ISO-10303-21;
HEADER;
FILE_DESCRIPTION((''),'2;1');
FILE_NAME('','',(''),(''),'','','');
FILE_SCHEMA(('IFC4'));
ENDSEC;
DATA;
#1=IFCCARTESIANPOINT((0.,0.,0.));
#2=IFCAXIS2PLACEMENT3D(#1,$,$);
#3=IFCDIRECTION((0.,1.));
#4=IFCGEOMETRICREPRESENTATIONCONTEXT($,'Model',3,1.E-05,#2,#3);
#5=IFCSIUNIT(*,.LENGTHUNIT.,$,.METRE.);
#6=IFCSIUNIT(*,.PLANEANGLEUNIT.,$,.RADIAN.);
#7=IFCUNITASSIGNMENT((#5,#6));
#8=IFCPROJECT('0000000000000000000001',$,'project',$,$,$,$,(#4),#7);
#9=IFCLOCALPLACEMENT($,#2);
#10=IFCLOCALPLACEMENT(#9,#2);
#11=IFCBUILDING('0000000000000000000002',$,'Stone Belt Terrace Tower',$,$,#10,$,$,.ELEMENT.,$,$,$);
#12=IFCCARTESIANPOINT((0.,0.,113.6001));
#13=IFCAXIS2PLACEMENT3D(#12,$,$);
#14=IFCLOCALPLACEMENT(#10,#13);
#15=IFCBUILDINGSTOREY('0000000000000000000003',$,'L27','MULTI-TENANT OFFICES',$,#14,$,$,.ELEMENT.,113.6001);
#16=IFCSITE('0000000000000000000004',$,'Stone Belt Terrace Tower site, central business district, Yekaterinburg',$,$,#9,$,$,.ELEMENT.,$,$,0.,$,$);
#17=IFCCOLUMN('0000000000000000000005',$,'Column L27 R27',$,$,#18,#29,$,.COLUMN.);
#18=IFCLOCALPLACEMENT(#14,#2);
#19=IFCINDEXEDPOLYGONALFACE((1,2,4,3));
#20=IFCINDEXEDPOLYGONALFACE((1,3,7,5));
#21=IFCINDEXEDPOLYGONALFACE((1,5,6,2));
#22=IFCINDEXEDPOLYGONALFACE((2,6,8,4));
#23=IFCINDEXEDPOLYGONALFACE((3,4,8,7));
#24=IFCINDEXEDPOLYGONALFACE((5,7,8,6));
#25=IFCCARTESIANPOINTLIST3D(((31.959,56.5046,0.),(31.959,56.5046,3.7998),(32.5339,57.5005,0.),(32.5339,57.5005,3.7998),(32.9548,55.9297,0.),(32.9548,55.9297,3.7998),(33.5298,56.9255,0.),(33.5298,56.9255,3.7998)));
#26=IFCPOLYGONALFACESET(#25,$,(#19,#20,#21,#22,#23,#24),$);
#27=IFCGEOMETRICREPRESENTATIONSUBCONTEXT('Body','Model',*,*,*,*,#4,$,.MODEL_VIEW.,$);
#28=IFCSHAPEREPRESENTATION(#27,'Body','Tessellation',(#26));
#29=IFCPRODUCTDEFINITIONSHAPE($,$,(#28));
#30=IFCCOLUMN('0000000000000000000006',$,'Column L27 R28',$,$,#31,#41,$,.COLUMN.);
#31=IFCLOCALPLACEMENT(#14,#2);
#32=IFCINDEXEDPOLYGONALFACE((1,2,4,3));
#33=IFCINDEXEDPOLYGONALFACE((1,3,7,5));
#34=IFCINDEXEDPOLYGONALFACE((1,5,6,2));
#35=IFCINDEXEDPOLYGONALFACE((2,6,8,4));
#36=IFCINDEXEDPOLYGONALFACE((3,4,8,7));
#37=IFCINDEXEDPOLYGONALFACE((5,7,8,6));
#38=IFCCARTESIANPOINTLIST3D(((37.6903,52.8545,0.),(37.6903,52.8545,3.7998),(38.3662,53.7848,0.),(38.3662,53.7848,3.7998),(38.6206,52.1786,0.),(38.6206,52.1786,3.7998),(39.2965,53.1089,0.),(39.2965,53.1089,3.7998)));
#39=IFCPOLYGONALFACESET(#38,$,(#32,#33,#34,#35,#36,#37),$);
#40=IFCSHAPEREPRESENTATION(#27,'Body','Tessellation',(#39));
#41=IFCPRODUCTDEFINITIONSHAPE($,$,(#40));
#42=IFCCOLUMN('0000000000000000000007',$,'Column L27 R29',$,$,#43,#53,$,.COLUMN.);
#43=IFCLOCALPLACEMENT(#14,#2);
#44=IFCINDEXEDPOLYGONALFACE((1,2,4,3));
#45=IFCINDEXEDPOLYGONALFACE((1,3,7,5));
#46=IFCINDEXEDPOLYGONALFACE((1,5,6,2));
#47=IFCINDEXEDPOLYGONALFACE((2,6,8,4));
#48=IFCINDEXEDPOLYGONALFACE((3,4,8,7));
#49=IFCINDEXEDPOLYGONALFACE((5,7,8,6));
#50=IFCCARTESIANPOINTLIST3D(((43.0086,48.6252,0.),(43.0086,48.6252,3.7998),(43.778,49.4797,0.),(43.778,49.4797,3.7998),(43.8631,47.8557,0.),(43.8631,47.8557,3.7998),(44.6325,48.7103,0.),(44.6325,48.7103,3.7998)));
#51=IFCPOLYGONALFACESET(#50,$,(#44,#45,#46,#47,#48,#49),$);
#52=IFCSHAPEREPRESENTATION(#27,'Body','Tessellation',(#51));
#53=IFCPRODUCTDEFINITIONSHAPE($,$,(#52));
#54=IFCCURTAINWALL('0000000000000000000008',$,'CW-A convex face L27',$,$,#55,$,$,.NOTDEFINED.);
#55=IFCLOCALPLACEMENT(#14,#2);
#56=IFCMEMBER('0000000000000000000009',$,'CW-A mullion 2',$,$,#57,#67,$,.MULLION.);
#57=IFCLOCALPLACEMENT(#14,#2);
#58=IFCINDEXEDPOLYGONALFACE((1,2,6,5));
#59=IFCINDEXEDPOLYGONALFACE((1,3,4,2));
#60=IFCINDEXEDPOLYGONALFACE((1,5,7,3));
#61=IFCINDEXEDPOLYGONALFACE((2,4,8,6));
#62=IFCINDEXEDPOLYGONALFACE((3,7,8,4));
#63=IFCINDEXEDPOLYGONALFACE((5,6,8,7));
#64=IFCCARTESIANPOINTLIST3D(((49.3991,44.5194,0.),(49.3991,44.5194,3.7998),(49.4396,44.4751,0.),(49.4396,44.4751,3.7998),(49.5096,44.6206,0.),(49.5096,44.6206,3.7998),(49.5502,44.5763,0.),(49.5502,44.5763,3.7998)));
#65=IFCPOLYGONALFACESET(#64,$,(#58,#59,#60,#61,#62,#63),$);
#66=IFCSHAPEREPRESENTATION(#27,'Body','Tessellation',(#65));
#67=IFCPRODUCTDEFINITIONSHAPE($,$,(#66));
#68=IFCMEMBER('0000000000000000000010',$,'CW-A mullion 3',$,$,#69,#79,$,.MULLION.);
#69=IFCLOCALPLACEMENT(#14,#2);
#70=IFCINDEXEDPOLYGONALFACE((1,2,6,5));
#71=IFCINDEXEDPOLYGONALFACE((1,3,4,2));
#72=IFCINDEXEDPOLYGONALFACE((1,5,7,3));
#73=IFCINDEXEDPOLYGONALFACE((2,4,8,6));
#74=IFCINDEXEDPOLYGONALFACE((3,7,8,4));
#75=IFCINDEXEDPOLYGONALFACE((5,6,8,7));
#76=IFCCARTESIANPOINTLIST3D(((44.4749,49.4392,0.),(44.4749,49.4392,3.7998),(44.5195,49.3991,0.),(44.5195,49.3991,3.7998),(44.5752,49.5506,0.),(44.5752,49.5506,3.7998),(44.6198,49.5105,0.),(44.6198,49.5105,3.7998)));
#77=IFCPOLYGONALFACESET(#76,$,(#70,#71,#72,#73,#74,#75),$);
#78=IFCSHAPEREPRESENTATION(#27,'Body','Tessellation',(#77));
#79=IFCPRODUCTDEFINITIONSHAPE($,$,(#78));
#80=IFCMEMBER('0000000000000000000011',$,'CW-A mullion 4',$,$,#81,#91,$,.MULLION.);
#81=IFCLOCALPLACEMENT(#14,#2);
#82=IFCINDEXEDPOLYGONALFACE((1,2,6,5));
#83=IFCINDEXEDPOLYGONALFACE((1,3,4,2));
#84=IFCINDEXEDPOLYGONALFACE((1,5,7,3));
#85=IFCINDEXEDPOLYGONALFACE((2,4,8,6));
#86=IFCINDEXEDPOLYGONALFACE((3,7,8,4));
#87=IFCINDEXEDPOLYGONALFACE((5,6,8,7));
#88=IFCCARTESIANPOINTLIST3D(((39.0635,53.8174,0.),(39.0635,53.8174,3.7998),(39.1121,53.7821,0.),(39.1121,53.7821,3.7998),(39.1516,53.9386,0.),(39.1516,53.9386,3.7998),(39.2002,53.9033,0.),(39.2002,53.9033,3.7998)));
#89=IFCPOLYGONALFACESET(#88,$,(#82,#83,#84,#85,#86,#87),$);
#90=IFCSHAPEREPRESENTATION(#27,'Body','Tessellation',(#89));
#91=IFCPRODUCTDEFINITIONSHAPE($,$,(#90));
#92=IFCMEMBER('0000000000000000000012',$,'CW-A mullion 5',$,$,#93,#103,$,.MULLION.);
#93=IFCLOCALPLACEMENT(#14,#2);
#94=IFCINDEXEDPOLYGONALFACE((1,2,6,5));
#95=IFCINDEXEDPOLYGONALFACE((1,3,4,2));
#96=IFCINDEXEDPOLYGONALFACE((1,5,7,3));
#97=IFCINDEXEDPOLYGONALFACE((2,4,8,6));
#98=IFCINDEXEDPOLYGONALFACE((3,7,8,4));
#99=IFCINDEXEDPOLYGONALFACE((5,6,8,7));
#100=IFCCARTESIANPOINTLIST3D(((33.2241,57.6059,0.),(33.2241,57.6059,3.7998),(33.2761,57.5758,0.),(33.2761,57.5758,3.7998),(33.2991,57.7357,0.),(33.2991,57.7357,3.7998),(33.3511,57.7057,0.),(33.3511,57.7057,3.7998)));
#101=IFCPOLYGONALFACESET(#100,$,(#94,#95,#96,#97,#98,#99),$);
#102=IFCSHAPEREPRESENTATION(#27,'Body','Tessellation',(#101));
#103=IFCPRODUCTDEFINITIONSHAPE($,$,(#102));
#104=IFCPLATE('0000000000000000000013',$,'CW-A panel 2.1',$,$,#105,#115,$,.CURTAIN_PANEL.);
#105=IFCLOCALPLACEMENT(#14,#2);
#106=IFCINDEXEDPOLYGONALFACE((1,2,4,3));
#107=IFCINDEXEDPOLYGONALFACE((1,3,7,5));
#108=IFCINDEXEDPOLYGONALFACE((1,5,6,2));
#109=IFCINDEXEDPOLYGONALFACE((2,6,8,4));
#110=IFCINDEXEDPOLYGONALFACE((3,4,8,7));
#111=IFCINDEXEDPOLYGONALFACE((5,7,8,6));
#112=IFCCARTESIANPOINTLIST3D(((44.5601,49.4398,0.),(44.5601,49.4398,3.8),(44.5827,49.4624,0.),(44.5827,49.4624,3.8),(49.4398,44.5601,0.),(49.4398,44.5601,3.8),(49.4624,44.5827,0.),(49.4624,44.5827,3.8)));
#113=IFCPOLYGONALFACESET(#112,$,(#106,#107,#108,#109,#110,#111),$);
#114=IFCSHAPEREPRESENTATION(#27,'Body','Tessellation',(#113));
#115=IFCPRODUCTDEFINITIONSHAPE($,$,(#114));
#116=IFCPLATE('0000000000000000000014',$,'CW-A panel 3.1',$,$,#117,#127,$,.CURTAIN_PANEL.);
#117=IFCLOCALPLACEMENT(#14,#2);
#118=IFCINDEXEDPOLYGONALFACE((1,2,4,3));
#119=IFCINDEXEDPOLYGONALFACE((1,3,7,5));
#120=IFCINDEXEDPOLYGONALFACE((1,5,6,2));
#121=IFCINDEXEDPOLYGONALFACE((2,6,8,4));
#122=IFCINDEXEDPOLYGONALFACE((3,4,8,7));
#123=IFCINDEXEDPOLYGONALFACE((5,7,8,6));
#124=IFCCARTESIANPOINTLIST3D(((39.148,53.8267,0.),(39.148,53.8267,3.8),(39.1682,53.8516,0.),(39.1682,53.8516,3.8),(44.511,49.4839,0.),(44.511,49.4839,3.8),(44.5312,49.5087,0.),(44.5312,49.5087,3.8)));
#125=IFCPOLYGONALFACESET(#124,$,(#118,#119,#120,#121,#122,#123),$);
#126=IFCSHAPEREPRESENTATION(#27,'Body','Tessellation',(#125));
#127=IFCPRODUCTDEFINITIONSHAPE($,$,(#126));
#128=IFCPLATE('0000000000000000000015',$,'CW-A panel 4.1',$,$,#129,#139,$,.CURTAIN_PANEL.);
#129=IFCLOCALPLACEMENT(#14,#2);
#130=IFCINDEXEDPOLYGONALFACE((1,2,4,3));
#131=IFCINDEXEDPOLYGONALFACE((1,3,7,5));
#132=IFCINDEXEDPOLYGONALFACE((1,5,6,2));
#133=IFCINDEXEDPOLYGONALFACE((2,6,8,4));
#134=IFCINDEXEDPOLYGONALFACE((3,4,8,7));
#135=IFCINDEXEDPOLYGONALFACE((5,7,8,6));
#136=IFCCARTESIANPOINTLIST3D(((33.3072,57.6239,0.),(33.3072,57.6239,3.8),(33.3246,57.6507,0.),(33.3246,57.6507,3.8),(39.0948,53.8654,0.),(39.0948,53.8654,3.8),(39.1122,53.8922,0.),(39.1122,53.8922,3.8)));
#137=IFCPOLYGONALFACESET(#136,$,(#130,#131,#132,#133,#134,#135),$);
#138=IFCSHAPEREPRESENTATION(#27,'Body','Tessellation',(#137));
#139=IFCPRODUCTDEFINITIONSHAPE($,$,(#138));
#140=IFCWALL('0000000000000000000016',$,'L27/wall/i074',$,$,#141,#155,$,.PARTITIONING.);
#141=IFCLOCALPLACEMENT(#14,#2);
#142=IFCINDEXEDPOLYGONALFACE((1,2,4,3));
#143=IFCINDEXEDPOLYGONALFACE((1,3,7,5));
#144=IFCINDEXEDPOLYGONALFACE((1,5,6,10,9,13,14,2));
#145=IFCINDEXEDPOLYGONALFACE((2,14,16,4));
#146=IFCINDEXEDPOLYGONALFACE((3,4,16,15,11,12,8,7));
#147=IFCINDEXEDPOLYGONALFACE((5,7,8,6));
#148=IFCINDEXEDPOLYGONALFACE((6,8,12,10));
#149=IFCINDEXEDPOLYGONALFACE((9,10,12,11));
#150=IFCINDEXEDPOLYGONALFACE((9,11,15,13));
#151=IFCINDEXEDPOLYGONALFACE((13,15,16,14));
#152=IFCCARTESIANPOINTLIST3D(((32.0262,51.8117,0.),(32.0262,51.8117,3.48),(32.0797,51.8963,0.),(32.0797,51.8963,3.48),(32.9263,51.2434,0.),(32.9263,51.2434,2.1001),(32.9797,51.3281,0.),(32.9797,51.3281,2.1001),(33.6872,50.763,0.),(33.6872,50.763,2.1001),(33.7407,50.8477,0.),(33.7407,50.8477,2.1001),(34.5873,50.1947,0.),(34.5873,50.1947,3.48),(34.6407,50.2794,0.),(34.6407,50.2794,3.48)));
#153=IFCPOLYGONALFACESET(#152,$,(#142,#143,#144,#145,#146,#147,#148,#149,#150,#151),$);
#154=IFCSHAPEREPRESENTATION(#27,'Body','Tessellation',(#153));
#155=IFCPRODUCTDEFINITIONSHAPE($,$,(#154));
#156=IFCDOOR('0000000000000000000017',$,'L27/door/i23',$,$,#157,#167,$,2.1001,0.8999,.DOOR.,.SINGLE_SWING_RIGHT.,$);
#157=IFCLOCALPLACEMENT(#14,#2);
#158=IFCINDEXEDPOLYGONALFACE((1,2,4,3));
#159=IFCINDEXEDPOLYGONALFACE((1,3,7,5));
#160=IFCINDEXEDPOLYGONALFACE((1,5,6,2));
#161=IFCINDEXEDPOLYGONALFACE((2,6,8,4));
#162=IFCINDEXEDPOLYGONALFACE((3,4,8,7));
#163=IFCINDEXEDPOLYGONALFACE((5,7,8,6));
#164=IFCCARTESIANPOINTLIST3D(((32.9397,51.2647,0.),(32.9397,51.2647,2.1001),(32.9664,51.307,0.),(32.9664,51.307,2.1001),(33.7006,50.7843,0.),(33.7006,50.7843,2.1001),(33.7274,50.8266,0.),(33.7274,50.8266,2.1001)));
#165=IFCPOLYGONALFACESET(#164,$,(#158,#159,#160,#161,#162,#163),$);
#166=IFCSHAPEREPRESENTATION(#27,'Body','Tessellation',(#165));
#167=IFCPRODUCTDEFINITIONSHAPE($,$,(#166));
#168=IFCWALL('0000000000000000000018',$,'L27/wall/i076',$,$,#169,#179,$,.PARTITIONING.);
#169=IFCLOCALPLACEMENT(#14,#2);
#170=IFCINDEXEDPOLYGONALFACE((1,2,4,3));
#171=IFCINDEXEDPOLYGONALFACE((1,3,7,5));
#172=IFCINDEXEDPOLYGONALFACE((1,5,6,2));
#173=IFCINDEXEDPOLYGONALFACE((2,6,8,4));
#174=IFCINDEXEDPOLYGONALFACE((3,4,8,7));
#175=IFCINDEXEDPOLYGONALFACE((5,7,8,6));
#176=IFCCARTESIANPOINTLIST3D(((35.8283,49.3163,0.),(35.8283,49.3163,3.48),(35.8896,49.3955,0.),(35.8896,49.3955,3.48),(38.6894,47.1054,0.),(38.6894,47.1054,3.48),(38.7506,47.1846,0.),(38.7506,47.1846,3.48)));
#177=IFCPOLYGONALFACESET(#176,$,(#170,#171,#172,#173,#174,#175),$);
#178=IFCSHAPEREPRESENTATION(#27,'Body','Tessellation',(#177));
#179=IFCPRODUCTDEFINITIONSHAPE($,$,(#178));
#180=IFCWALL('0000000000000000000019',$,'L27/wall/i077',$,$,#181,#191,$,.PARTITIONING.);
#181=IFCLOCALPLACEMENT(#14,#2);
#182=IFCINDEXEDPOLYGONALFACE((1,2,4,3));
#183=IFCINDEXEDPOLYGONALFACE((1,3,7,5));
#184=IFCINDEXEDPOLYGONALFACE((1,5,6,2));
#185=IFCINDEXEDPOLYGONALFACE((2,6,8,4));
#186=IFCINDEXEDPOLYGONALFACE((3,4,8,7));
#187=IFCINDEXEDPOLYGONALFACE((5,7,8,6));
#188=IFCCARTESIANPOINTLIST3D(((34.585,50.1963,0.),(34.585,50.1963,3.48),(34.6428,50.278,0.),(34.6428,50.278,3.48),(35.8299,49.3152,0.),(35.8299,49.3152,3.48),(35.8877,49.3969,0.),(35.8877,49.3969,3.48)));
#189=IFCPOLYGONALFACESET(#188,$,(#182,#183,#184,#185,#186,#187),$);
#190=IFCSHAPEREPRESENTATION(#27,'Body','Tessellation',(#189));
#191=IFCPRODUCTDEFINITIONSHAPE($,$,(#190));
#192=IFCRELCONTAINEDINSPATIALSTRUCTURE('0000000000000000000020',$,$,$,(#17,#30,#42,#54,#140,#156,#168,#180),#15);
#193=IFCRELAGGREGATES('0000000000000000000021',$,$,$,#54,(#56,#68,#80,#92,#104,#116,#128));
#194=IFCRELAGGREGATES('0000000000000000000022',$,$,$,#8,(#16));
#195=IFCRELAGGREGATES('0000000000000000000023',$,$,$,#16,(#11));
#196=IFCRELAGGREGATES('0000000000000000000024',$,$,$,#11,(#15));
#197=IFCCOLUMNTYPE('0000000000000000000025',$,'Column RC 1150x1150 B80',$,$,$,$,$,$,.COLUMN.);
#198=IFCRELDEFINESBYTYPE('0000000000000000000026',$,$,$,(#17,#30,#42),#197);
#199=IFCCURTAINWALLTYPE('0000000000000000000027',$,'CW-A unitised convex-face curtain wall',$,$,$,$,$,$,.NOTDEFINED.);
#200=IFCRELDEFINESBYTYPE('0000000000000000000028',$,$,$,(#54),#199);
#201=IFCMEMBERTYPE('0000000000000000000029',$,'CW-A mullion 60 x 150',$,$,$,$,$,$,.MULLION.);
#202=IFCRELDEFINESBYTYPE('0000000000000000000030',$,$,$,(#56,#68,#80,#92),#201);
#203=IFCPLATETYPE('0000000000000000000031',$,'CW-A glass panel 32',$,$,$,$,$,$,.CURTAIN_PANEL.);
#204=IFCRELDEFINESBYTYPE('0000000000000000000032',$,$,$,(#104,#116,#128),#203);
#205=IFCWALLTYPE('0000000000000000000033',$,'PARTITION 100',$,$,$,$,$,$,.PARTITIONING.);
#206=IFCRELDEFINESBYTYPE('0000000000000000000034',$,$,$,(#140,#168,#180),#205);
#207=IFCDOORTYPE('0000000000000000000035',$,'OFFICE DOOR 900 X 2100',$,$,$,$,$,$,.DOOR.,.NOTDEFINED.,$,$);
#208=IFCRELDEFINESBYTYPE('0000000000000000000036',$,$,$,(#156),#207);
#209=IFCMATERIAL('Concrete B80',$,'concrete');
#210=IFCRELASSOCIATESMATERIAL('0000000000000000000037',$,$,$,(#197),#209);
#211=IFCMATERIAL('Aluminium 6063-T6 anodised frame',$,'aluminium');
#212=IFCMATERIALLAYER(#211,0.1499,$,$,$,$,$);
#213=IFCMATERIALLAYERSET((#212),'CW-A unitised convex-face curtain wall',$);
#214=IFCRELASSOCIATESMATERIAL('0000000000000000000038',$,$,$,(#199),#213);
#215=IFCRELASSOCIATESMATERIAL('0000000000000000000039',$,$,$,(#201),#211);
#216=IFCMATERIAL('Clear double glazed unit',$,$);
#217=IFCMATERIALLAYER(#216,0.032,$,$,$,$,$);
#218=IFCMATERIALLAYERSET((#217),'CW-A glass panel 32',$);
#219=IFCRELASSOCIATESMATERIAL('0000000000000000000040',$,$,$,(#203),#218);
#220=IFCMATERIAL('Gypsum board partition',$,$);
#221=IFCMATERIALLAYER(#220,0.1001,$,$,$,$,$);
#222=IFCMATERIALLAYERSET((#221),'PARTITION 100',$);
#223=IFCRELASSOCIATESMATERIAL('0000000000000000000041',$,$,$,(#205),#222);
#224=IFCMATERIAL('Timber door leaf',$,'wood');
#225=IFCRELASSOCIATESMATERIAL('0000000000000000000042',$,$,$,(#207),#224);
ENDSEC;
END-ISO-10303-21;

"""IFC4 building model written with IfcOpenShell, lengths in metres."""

from ifc_helpers import new_model, si_unit, direction, frame, frame_2d, origin, origin_2d, place, context, subcontext, project, spatial, rectangle, extrude, material, layer, layer_set, material_profile, profile_set, type_object, element, fill, aggregate, save


model = new_model("IFC4")

# Units and contexts
model_context = context("Model", 3, precision=1e-05, world=origin(), true_north=direction((0.0, 1.0)))
body_context = subcontext(model_context, "Body", "Model", "MODEL_VIEW")
ifc_project = project(units=[si_unit("LENGTHUNIT", "METRE"), si_unit("PLANEANGLEUNIT", "RADIAN")], contexts=[model_context])

# Site, building, storey
site_placement = place(None, origin())
site = spatial("IfcSite", under=ifc_project, at=site_placement, Name="Stone Belt Terrace Tower site, central business district, Yekaterinburg", CompositionType="ELEMENT", RefElevation=0.0)
building_placement = place(site_placement, origin())
building = spatial("IfcBuilding", under=site, at=building_placement, Name="Stone Belt Terrace Tower", CompositionType="ELEMENT")
storey_placement = place(building_placement, frame((0.0, 0.0, 113.6001)))
storey = spatial("IfcBuildingStorey", under=building, at=storey_placement, Name="L27", Description="MULTI-TENANT OFFICES", CompositionType="ELEMENT", Elevation=113.6001)

# Columns
ifc_material_1 = material(Name="Concrete B80", Category="concrete")
ifc_material_profile_1 = material_profile(ifc_material_1, rectangle(XDim=1.1499, YDim=1.1499, at=origin_2d()), Name="RC 1150x1150")
ifc_profile_set_1 = profile_set([ifc_material_profile_1], Name="Concrete B80")
column_type = type_object("IfcColumnType", Name="Column RC 1150x1150 B80", PredefinedType="COLUMN", material=ifc_profile_set_1)
for number, where, z_axis, x_axis, name in (
    (1, (32.7444, 56.7151, 0.0), (0.0, 0.0, 1.0), (0.866025, -0.5, 0.0), "Column L27 R27"),
    (2, (38.4934, 52.9817, 0.0), (0.0, 0.0, 1.0), (0.809017, -0.587785, 0.0), "Column L27 R28"),
    (3, (43.8206, 48.6677, 0.0), (0.0, 0.0, 1.0), (0.743145, -0.669131, 0.0), "Column L27 R29"),
):
    element("IfcColumn", number, at=place(storey_placement, frame(where, z_axis=z_axis, x_axis=x_axis)), inside=storey, type_object=column_type, Name=name, PredefinedType="COLUMN", context=body_context, shape_type="SweptSolid", body=[
        extrude(rectangle(XDim=1.1499, YDim=1.1499, at=origin_2d()), origin(), (0.0, 0.0, 1.0), 3.7998),
    ])

# Curtain wall, members, plates
ifc_material_2 = material(Name="Aluminium 6063-T6 anodised frame", Category="aluminium")
ifc_layer_1 = layer(ifc_material_2, 0.1499)
ifc_layer_set_1 = layer_set([ifc_layer_1], Name="CW-A unitised convex-face curtain wall")
curtain_wall_type = type_object("IfcCurtainWallType", Name="CW-A unitised convex-face curtain wall", PredefinedType="NOTDEFINED", material=ifc_layer_set_1)
curtain_wall_placement = place(storey_placement, origin())
curtain_wall = element("IfcCurtainWall", 4, at=curtain_wall_placement, inside=storey, type_object=curtain_wall_type, Name="CW-A convex face L27", PredefinedType="NOTDEFINED")
ifc_material_profile_2 = material_profile(ifc_material_2, rectangle(XDim=0.1499, YDim=0.0601, at=origin_2d()), Name="Aluminium 6063-T6 60x150")
ifc_profile_set_2 = profile_set([ifc_material_profile_2], Name="Aluminium 6063-T6 anodised frame")
member_type = type_object("IfcMemberType", Name="CW-A mullion 60 x 150", PredefinedType="MULLION", material=ifc_profile_set_2)
member_1_placement = place(storey_placement, frame((49.4746, 44.5479, 0.0), z_axis=(0.0, 0.0, 1.0), x_axis=(-0.7374, -0.675456, 0.0)))
member_1 = element("IfcMember", 5, at=member_1_placement, type_object=member_type, Name="CW-A mullion 2", PredefinedType="MULLION", context=body_context, shape_type="SweptSolid", body=[
    extrude(rectangle(XDim=0.1499, YDim=0.0601, at=origin_2d()), origin(), (0.0, 0.0, 1.0), 3.7998),
])
member_2_placement = place(storey_placement, frame((44.5474, 49.4749, 0.0), z_axis=(0.0, 0.0, 1.0), x_axis=(-0.669131, -0.743145, 0.0)))
member_2 = element("IfcMember", 6, at=member_2_placement, type_object=member_type, Name="CW-A mullion 3", PredefinedType="MULLION", context=body_context, shape_type="SweptSolid", body=[
    extrude(rectangle(XDim=0.1499, YDim=0.0601, at=origin_2d()), origin(), (0.0, 0.0, 1.0), 3.7998),
])
member_3_placement = place(storey_placement, frame((39.1318, 53.8604, 0.0), z_axis=(0.0, 0.0, 1.0), x_axis=(-0.587785, -0.809017, 0.0)))
member_3 = element("IfcMember", 7, at=member_3_placement, type_object=member_type, Name="CW-A mullion 4", PredefinedType="MULLION", context=body_context, shape_type="SweptSolid", body=[
    extrude(rectangle(XDim=0.1499, YDim=0.0601, at=origin_2d()), origin(), (0.0, 0.0, 1.0), 3.7998),
])
member_4_placement = place(storey_placement, frame((33.2876, 57.6558, 0.0), z_axis=(0.0, 0.0, 1.0), x_axis=(-0.5, -0.866025, 0.0)))
member_4 = element("IfcMember", 8, at=member_4_placement, type_object=member_type, Name="CW-A mullion 5", PredefinedType="MULLION", context=body_context, shape_type="SweptSolid", body=[
    extrude(rectangle(XDim=0.1499, YDim=0.0601, at=origin_2d()), origin(), (0.0, 0.0, 1.0), 3.7998),
])
ifc_material_3 = material(Name="Clear double glazed unit")
ifc_layer_2 = layer(ifc_material_3, 0.032)
ifc_layer_set_2 = layer_set([ifc_layer_2], Name="CW-A glass panel 32")
plate_type = type_object("IfcPlateType", Name="CW-A glass panel 32", PredefinedType="CURTAIN_PANEL", material=ifc_layer_set_2)
plate_1_placement = place(storey_placement, frame((47.0112, 47.0112, 0.0), z_axis=(0.0, 0.0, 1.0), x_axis=(-0.707107, 0.707107, 0.0)))
plate_1 = element("IfcPlate", 9, at=plate_1_placement, type_object=plate_type, Name="CW-A panel 2.1", PredefinedType="CURTAIN_PANEL", context=body_context, shape_type="SweptSolid", body=[
    extrude(rectangle(XDim=6.9009, YDim=0.032, at=origin_2d()), origin(), (0.0, 0.0, 1.0), 3.8),
])
plate_2_placement = place(storey_placement, frame((41.8396, 51.6677, 0.0), z_axis=(0.0, 0.0, 1.0), x_axis=(-0.777146, 0.62932, 0.0)))
plate_2 = element("IfcPlate", 10, at=plate_2_placement, type_object=plate_type, Name="CW-A panel 3.1", PredefinedType="CURTAIN_PANEL", context=body_context, shape_type="SweptSolid", body=[
    extrude(rectangle(XDim=6.9009, YDim=0.032, at=origin_2d()), origin(), (0.0, 0.0, 1.0), 3.8),
])
plate_3_placement = place(storey_placement, frame((36.2097, 55.7581, 0.0), z_axis=(0.0, 0.0, 1.0), x_axis=(-0.838671, 0.544639, 0.0)))
plate_3 = element("IfcPlate", 11, at=plate_3_placement, type_object=plate_type, Name="CW-A panel 4.1", PredefinedType="CURTAIN_PANEL", context=body_context, shape_type="SweptSolid", body=[
    extrude(rectangle(XDim=6.9009, YDim=0.032, at=origin_2d()), origin(), (0.0, 0.0, 1.0), 3.8),
])
aggregate(curtain_wall, [member_1, member_2, member_3, member_4, plate_1, plate_2, plate_3])

# Wall, opening, door
ifc_material_4 = material(Name="Gypsum board partition")
ifc_layer_3 = layer(ifc_material_4, 0.1001)
ifc_layer_set_3 = layer_set([ifc_layer_3], Name="PARTITION 100")
wall_type_1 = type_object("IfcWallType", Name="PARTITION 100", PredefinedType="PARTITIONING", material=ifc_layer_set_3)
wall_1_placement = place(storey_placement, frame((34.614, 50.2371, 0.0), z_axis=(0.0, 0.0, 1.0), x_axis=(-0.845571, 0.533863, 0.0)))
wall_1 = element("IfcWall", 12, at=wall_1_placement, inside=storey, type_object=wall_type_1, Name="L27/wall/i074", PredefinedType="PARTITIONING", context=body_context, shape_type="SweptSolid", body=[
    extrude(rectangle(XDim=3.0288, YDim=0.1001, at=frame_2d((1.5144, 0.0))), origin(), (0.0, 0.0, 1.0), 3.48),
])
opening_1_placement = place(wall_1_placement, frame((1.0645, 0.0, 0.0)))
opening_1 = element("IfcOpeningElement", 13, at=opening_1_placement, cuts=wall_1, PredefinedType="OPENING", context=body_context, shape_type="SweptSolid", body=[
    extrude(rectangle(XDim=0.8999, YDim=2.1001, at=frame_2d((0.45, 1.05))), frame((0.0, 0.0601, 0.0), z_axis=(0.0, -1.0, 0.0), x_axis=(1.0, 0.0, 0.0)), (0.0, 0.0, 1.0), 0.1201),
])
ifc_material_5 = material(Name="Timber door leaf", Category="wood")
door_type_1 = type_object("IfcDoorType", Name="OFFICE DOOR 900 X 2100", OperationType="NOTDEFINED", PredefinedType="DOOR", material=ifc_material_5)
door_1_placement = place(opening_1_placement, origin())
door_1 = element("IfcDoor", 14, at=door_1_placement, inside=storey, type_object=door_type_1, Name="L27/door/i23", OperationType="SINGLE_SWING_RIGHT", OverallHeight=2.1001, OverallWidth=0.8999, PredefinedType="DOOR", context=body_context, shape_type="SweptSolid", body=[
    extrude(rectangle(XDim=0.8999, YDim=2.1001, at=frame_2d((0.45, 1.05))), frame((0.0, 0.0249, 0.0), z_axis=(0.0, -1.0, 0.0), x_axis=(1.0, 0.0, 0.0)), (0.0, 0.0, 1.0), 0.05),
])
fill(opening_1, door_1)

# Walls
wall_2_placement = place(storey_placement, frame((38.72, 47.145, 0.0), z_axis=(0.0, 0.0, 1.0), x_axis=(-0.791272, 0.611465, 0.0)))
element("IfcWall", 15, at=wall_2_placement, inside=storey, type_object=wall_type_1, Name="L27/wall/i076", PredefinedType="PARTITIONING", context=body_context, shape_type="SweptSolid", body=[
    extrude(rectangle(XDim=3.6157, YDim=0.1001, at=frame_2d((1.8079, 0.0))), origin(), (0.0, 0.0, 1.0), 3.48),
])
wall_3_placement = place(storey_placement, frame((35.8589, 49.356, 0.0), z_axis=(0.0, 0.0, 1.0), x_axis=(-0.816235, 0.57772, 0.0)))
element("IfcWall", 16, at=wall_3_placement, inside=storey, type_object=wall_type_1, Name="L27/wall/i077", PredefinedType="PARTITIONING", context=body_context, shape_type="SweptSolid", body=[
    extrude(rectangle(XDim=1.5251, YDim=0.1001, at=frame_2d((0.7627, 0.0))), origin(), (0.0, 0.0, 1.0), 3.48),
])

save(model, "model.ifc")
